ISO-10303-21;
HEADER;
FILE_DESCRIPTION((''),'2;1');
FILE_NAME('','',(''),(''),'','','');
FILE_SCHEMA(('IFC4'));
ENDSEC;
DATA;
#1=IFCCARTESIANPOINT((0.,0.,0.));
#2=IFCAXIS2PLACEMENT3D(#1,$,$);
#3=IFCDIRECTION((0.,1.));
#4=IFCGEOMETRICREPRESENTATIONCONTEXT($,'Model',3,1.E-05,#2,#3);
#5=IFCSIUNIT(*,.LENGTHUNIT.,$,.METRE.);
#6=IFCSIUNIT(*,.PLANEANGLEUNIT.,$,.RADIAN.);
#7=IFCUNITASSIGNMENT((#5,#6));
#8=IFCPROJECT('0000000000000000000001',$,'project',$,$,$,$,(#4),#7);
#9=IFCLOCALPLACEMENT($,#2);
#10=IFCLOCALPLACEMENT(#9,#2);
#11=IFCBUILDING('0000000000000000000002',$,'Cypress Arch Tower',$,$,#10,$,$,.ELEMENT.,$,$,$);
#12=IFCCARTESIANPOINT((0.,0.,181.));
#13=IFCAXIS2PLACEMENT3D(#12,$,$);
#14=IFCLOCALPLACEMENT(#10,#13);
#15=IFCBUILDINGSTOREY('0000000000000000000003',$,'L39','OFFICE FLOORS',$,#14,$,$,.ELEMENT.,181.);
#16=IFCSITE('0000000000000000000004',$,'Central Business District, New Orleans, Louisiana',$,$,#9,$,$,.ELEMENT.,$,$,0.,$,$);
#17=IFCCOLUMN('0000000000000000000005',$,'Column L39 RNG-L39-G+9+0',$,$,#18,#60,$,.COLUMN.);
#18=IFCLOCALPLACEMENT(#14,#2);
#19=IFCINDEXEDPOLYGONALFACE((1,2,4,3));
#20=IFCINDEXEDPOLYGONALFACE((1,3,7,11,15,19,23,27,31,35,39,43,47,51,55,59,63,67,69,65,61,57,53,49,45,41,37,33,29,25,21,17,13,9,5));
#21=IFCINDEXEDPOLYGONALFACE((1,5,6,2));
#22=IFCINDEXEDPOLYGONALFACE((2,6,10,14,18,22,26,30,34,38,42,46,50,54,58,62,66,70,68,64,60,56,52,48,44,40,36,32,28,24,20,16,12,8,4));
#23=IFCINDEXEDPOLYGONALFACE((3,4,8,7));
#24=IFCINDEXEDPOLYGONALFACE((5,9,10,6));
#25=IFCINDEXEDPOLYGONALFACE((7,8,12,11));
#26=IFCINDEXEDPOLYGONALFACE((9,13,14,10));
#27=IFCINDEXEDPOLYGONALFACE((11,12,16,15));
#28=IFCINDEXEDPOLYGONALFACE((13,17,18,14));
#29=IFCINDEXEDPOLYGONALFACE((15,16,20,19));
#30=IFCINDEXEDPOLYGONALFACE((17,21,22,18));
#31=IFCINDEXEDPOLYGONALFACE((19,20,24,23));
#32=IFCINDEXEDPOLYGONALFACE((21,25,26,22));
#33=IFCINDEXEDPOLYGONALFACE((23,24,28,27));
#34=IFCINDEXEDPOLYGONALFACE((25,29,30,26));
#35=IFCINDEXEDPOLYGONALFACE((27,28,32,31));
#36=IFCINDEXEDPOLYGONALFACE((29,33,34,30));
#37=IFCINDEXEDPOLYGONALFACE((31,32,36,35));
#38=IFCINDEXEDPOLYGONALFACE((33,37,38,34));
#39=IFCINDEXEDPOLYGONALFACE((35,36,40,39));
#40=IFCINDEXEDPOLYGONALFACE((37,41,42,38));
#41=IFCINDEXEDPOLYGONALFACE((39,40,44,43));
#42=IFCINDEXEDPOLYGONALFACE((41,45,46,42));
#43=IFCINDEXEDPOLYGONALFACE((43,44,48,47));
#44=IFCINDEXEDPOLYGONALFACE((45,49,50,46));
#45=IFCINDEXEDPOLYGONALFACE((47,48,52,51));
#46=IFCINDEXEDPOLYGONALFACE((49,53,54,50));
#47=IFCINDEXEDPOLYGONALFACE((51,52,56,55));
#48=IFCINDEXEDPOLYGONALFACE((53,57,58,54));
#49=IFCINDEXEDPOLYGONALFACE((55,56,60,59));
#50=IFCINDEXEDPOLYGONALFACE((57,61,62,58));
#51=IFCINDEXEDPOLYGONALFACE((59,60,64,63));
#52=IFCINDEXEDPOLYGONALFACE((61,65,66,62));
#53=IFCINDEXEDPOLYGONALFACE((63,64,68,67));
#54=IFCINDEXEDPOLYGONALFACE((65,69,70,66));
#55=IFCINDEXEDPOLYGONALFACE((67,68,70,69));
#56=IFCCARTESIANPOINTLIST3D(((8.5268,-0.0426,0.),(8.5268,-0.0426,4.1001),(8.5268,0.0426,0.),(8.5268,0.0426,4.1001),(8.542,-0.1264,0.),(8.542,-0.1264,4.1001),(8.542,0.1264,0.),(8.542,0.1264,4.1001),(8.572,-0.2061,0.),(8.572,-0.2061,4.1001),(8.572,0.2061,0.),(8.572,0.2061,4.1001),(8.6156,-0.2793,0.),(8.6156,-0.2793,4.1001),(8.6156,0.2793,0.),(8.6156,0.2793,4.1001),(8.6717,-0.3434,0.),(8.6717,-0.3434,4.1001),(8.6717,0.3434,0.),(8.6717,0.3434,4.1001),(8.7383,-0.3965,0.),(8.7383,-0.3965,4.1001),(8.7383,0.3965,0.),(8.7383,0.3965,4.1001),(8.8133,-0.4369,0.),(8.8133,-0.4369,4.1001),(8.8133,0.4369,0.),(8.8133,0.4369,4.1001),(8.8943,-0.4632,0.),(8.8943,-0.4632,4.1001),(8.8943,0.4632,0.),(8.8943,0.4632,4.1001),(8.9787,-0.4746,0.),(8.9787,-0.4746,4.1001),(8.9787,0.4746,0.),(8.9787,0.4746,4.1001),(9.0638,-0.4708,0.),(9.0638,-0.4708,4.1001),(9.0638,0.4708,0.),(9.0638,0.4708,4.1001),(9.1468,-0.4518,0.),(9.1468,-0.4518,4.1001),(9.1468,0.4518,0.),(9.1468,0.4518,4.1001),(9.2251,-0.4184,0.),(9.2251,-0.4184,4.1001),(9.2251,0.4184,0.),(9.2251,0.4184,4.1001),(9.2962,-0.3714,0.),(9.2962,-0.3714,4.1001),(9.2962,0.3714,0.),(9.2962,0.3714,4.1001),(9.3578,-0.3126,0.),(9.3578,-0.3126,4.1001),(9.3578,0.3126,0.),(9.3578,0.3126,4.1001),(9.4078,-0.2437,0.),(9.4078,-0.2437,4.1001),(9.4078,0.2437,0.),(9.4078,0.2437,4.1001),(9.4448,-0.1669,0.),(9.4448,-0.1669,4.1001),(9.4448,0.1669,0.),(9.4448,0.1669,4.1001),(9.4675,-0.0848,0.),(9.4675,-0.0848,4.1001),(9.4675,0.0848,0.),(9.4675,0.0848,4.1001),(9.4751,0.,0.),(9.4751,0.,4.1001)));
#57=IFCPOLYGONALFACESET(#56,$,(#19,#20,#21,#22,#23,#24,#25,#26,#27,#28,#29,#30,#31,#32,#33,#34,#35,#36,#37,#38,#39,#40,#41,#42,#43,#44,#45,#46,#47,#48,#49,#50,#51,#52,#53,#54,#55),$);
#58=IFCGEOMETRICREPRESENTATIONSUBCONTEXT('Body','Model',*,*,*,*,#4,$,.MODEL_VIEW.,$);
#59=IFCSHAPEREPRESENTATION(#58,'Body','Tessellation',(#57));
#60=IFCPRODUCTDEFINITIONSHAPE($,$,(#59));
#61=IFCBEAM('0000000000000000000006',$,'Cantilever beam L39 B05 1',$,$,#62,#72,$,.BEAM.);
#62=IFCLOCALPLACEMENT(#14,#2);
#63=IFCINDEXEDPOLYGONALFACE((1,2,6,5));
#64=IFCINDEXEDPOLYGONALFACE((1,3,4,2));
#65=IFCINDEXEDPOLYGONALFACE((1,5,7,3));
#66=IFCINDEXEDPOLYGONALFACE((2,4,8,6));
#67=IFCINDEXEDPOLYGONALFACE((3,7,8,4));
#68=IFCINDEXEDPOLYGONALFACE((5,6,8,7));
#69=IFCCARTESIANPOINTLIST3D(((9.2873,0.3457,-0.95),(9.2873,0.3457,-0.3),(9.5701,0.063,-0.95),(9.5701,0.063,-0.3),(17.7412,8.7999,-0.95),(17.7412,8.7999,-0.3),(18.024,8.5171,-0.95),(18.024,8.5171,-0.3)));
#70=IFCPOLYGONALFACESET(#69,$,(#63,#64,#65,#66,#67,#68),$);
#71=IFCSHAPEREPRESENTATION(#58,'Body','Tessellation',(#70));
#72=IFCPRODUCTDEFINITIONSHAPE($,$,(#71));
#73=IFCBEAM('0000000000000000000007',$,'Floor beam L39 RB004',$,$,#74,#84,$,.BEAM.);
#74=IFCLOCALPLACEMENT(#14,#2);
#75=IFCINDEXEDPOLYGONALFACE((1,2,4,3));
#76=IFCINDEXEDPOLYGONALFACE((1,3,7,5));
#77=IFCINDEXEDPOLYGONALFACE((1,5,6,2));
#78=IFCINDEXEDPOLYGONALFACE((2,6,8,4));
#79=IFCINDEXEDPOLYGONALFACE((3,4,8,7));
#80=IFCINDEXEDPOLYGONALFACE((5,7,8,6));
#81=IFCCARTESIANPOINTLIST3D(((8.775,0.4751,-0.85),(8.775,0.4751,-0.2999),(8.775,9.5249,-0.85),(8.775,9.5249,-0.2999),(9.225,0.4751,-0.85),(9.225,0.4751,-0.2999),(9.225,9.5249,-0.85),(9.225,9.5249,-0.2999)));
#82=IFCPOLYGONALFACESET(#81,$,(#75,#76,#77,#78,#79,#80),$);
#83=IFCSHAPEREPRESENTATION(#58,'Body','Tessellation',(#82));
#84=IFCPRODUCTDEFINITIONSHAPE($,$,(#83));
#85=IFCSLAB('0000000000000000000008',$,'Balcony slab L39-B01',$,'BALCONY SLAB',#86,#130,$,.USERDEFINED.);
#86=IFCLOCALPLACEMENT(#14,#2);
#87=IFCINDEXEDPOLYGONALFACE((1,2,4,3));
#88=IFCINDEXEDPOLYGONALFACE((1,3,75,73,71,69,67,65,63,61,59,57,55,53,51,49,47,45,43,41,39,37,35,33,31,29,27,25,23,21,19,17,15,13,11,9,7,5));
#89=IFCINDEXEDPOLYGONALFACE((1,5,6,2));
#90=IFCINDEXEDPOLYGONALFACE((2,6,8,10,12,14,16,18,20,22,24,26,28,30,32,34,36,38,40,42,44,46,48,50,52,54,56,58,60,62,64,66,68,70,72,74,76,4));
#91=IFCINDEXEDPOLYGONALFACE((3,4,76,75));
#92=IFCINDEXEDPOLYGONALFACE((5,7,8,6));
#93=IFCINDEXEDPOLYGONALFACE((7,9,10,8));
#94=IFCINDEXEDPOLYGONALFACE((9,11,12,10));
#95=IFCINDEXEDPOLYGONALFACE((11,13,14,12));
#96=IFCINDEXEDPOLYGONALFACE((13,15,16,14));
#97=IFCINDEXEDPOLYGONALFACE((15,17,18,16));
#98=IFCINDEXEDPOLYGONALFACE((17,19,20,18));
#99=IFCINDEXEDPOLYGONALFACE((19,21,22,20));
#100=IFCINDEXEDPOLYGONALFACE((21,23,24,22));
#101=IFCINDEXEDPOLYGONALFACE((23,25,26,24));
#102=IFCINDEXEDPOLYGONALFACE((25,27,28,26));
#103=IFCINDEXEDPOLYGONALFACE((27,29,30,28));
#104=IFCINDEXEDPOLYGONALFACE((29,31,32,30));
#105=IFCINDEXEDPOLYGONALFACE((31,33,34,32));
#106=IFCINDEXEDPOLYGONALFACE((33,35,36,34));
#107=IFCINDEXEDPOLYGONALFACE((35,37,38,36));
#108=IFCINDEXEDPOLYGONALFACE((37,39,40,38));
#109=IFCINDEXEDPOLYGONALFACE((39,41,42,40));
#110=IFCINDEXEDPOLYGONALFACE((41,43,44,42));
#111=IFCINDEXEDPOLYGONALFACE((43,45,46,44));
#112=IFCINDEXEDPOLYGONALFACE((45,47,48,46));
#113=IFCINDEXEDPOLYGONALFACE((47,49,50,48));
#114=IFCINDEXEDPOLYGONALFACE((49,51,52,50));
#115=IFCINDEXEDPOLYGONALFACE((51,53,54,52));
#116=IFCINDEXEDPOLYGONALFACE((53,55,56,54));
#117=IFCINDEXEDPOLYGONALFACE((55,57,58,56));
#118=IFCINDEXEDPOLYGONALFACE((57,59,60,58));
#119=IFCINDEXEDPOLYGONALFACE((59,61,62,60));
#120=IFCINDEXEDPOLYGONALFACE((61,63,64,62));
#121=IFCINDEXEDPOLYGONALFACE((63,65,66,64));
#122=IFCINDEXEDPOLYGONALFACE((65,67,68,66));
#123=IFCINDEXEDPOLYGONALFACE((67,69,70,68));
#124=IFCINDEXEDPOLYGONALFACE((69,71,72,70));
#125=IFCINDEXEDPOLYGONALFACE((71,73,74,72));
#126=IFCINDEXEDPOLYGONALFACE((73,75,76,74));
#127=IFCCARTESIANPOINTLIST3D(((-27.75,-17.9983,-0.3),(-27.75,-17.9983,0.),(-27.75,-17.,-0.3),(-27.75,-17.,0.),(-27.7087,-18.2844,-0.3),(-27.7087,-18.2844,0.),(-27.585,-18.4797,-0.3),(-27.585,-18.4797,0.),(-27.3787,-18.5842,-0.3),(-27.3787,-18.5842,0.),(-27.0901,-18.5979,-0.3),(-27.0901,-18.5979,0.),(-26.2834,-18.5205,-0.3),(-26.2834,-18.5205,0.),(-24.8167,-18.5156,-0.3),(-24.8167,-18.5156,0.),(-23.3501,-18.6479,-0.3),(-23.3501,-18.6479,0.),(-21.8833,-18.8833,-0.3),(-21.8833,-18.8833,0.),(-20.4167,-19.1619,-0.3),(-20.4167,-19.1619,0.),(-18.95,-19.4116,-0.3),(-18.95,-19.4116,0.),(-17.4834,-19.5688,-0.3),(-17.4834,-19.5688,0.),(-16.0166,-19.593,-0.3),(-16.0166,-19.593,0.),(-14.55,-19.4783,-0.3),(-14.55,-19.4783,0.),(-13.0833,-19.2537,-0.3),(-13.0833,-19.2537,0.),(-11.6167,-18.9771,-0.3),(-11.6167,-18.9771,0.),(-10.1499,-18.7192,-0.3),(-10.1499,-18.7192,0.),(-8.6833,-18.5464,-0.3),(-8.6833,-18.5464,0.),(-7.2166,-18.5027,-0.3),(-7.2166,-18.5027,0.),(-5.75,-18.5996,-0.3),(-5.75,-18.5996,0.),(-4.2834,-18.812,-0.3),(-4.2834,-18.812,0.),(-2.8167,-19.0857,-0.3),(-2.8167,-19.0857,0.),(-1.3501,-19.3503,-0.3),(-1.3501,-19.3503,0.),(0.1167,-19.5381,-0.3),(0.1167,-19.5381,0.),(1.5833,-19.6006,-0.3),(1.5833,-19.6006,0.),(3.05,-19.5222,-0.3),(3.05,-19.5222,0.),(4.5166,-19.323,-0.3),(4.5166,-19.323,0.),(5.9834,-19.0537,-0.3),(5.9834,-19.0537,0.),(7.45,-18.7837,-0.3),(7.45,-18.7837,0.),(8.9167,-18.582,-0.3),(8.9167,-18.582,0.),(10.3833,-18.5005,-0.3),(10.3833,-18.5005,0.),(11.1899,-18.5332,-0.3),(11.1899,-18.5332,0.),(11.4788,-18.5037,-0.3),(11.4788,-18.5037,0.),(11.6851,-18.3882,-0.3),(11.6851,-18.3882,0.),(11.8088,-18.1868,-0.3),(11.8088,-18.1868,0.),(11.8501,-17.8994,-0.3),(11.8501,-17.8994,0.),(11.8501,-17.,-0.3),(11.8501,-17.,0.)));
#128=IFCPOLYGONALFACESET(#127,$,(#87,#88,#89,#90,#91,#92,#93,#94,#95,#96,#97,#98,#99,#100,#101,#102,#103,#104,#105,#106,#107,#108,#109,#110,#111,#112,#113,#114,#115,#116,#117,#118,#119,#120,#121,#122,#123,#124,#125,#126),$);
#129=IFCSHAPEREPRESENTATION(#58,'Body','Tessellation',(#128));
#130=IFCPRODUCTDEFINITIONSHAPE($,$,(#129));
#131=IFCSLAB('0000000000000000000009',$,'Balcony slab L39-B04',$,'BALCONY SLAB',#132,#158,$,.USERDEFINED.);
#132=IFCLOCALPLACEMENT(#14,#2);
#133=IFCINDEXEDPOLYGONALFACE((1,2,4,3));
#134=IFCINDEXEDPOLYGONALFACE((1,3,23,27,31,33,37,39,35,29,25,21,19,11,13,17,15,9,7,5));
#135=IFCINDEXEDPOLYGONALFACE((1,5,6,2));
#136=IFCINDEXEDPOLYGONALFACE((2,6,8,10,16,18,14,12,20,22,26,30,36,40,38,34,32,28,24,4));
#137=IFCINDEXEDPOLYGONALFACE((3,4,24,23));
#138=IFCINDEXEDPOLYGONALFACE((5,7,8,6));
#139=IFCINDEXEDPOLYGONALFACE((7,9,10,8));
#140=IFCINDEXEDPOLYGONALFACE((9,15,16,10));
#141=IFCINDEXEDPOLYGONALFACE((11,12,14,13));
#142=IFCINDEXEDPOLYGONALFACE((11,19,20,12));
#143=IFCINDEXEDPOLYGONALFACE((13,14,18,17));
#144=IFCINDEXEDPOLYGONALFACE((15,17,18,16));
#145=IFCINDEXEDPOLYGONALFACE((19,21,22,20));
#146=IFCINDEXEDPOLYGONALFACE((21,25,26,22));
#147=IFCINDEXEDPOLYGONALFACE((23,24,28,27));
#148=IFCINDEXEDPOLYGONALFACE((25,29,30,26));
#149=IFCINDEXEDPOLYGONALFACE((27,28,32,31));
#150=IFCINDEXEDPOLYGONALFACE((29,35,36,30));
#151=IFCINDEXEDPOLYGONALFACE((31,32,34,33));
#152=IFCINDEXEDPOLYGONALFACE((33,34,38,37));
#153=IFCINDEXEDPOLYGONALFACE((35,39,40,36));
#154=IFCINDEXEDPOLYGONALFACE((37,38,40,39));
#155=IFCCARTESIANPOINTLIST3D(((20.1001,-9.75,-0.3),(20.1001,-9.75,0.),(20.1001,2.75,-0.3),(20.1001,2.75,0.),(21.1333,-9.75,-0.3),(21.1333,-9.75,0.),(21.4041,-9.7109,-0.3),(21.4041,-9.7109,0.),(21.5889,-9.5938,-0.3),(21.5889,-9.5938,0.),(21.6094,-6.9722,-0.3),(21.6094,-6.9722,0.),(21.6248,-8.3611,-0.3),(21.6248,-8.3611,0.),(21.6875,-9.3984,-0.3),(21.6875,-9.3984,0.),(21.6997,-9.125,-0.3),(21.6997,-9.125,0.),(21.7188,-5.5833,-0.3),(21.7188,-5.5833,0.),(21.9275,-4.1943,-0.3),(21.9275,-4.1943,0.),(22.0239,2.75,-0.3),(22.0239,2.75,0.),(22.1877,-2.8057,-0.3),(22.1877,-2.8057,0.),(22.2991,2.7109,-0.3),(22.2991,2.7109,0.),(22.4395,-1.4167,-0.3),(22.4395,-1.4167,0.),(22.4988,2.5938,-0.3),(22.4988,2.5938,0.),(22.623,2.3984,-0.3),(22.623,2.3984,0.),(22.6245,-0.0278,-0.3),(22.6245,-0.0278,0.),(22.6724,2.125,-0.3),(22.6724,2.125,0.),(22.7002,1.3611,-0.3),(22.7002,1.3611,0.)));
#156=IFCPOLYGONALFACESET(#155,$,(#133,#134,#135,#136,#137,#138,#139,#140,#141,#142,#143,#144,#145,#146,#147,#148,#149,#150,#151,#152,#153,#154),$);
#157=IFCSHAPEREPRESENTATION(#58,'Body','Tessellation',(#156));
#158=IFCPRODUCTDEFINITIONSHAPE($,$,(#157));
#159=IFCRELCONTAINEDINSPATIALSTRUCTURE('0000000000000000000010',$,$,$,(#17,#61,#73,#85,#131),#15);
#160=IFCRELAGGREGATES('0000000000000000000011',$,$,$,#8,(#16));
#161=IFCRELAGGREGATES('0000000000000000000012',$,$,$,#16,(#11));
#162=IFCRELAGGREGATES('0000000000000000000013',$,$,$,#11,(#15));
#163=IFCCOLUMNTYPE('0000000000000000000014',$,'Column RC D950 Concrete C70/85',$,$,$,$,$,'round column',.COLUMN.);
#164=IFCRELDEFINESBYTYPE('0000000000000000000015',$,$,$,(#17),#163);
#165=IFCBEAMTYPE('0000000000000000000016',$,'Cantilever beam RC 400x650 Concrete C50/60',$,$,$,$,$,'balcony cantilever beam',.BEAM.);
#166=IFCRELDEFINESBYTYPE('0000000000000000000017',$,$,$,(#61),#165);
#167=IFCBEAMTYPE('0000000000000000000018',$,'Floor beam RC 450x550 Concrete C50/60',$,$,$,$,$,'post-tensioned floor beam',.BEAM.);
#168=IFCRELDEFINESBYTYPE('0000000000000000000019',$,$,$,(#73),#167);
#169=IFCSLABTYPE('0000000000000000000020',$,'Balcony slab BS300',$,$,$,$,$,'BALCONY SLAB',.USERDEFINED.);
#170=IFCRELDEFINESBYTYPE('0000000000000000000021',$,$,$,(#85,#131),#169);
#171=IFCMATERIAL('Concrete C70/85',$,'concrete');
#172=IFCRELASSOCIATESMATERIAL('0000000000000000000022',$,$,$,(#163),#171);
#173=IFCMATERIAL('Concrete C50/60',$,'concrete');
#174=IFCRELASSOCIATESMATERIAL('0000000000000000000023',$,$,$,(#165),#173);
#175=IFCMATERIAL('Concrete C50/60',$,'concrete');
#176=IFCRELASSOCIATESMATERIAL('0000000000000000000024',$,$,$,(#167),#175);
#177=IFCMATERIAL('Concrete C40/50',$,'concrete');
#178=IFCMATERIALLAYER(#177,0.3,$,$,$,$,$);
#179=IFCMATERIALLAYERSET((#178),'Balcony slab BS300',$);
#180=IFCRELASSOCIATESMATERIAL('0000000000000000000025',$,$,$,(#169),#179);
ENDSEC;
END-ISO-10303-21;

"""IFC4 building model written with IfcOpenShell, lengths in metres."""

from ifc_helpers import new_model, si_unit, direction, frame, origin, origin_2d, place, context, subcontext, project, spatial, polyline, rectangle, circle, outline, extrude, material, layer, layer_set, material_profile, profile_set, type_object, element, save


model = new_model("IFC4")

# Units and contexts
model_context = context("Model", 3, precision=1e-05, world=origin(), true_north=direction((0.0, 1.0)))
body_context = subcontext(model_context, "Body", "Model", "MODEL_VIEW")
ifc_project = project(units=[si_unit("LENGTHUNIT", "METRE"), si_unit("PLANEANGLEUNIT", "RADIAN")], contexts=[model_context])

# Site, building, storey
site_placement = place(None, origin())
site = spatial("IfcSite", under=ifc_project, at=site_placement, Name="Central Business District, New Orleans, Louisiana", CompositionType="ELEMENT", RefElevation=0.0)
building_placement = place(site_placement, origin())
building = spatial("IfcBuilding", under=site, at=building_placement, Name="Cypress Arch Tower", CompositionType="ELEMENT")
storey_placement = place(building_placement, frame((0.0, 0.0, 181.0)))
storey = spatial("IfcBuildingStorey", under=building, at=storey_placement, Name="L39", Description="OFFICE FLOORS", CompositionType="ELEMENT", Elevation=181.0)

# Column
ifc_material_1 = material(Name="Concrete C70/85", Category="concrete")
ifc_material_profile_1 = material_profile(ifc_material_1, circle(Radius=0.4751, at=origin_2d()), Name="RC D950")
ifc_profile_set_1 = profile_set([ifc_material_profile_1], Name="Concrete C70/85")
column_type = type_object("IfcColumnType", Name="Column RC D950 Concrete C70/85", ElementType="round column", PredefinedType="COLUMN", material=ifc_profile_set_1)
column_placement = place(storey_placement, frame((9.0, 0.0, 0.0), z_axis=(0.0, 0.0, 1.0), x_axis=(1.0, 0.0, 0.0)))
element("IfcColumn", 1, at=column_placement, inside=storey, type_object=column_type, Name="Column L39 RNG-L39-G+9+0", PredefinedType="COLUMN", context=body_context, shape_type="SweptSolid", body=[
    extrude(circle(Radius=0.4751, at=origin_2d()), origin(), (0.0, 0.0, 1.0), 4.1001),
])

# Beams
ifc_material_2 = material(Name="Concrete C50/60", Category="concrete")
ifc_material_profile_2 = material_profile(ifc_material_2, rectangle(XDim=0.3999, YDim=0.6499, at=origin_2d()), Name="RC 400x650")
ifc_profile_set_2 = profile_set([ifc_material_profile_2], Name="Concrete C50/60")
beam_type_1 = type_object("IfcBeamType", Name="Cantilever beam RC 400x650 Concrete C50/60", ElementType="balcony cantilever beam", PredefinedType="BEAM", material=ifc_profile_set_2)
beam_1_placement = place(storey_placement, frame((9.4287, 0.2043, -0.625), z_axis=(0.707097, 0.707117, 0.0), x_axis=(-0.707117, 0.707097, 0.0)))
element("IfcBeam", 2, at=beam_1_placement, inside=storey, type_object=beam_type_1, Name="Cantilever beam L39 B05 1", PredefinedType="BEAM", context=body_context, shape_type="SweptSolid", body=[
    extrude(rectangle(XDim=0.3999, YDim=0.6499, at=origin_2d()), origin(), (0.0, 0.0, 1.0), 11.9558),
])
ifc_material_3 = material(Name="Concrete C50/60", Category="concrete")
ifc_material_profile_3 = material_profile(ifc_material_3, rectangle(XDim=0.45, YDim=0.55, at=origin_2d()), Name="RC 450x550")
ifc_profile_set_3 = profile_set([ifc_material_profile_3], Name="Concrete C50/60")
beam_type_2 = type_object("IfcBeamType", Name="Floor beam RC 450x550 Concrete C50/60", ElementType="post-tensioned floor beam", PredefinedType="BEAM", material=ifc_profile_set_3)
beam_2_placement = place(storey_placement, frame((9.0, 0.4751, -0.575), z_axis=(0.0, 1.0, 0.0), x_axis=(-1.0, 0.0, 0.0)))
element("IfcBeam", 3, at=beam_2_placement, inside=storey, type_object=beam_type_2, Name="Floor beam L39 RB004", PredefinedType="BEAM", context=body_context, shape_type="SweptSolid", body=[
    extrude(rectangle(XDim=0.45, YDim=0.55, at=origin_2d()), origin(), (0.0, 0.0, 1.0), 9.0498),
])

# Slabs
ifc_material_4 = material(Name="Concrete C40/50", Category="concrete")
ifc_layer_1 = layer(ifc_material_4, 0.3)
ifc_layer_set_1 = layer_set([ifc_layer_1], Name="Balcony slab BS300")
slab_type_1 = type_object("IfcSlabType", Name="Balcony slab BS300", ElementType="BALCONY SLAB", PredefinedType="USERDEFINED", material=ifc_layer_set_1)
slab_1_placement = place(storey_placement, frame((0.0, 0.0, -0.3)))
element("IfcSlab", 4, at=slab_1_placement, inside=storey, type_object=slab_type_1, Name="Balcony slab L39-B01", ObjectType="BALCONY SLAB", PredefinedType="USERDEFINED", context=body_context, shape_type="SweptSolid", body=[
    extrude(outline(polyline([(-27.75, -17.0), (-27.75, -17.9983), (-27.7087, -18.2844), (-27.585, -18.4797), (-27.3787, -18.5842), (-27.0901, -18.5979), (-26.2834, -18.5205), (-24.8167, -18.5156), (-23.3501, -18.6479), (-21.8833, -18.8833), (-20.4167, -19.1619), (-18.95, -19.4116), (-17.4834, -19.5688), (-16.0166, -19.593), (-14.55, -19.4783), (-13.0833, -19.2537), (-11.6167, -18.9771), (-10.1499, -18.7192), (-8.6833, -18.5464), (-7.2166, -18.5027), (-5.75, -18.5996), (-4.2834, -18.812), (-2.8167, -19.0857), (-1.3501, -19.3503), (0.1167, -19.5381), (1.5833, -19.6006), (3.05, -19.5222), (4.5166, -19.323), (5.9834, -19.0537), (7.45, -18.7837), (8.9167, -18.582), (10.3833, -18.5005), (11.1899, -18.5332), (11.4788, -18.5037), (11.6851, -18.3882), (11.8088, -18.1868), (11.8501, -17.8994), (11.8501, -17.0), (-27.75, -17.0)])), origin(), (0.0, 0.0, 1.0), 0.3),
])
slab_2_placement = place(storey_placement, frame((0.0, 0.0, -0.3)))
element("IfcSlab", 5, at=slab_2_placement, inside=storey, type_object=slab_type_1, Name="Balcony slab L39-B04", ObjectType="BALCONY SLAB", PredefinedType="USERDEFINED", context=body_context, shape_type="SweptSolid", body=[
    extrude(outline(polyline([(20.1001, -9.75), (21.1333, -9.75), (21.4041, -9.7109), (21.5889, -9.5938), (21.6875, -9.3984), (21.6997, -9.125), (21.6248, -8.3611), (21.6094, -6.9722), (21.7188, -5.5833), (21.9275, -4.1943), (22.1877, -2.8057), (22.4395, -1.4167), (22.6245, -0.0278), (22.7002, 1.3611), (22.6724, 2.125), (22.623, 2.3984), (22.4988, 2.5938), (22.2991, 2.7109), (22.0239, 2.75), (20.1001, 2.75), (20.1001, -9.75)])), origin(), (0.0, 0.0, 1.0), 0.3),
])

save(model, "model.ifc")
